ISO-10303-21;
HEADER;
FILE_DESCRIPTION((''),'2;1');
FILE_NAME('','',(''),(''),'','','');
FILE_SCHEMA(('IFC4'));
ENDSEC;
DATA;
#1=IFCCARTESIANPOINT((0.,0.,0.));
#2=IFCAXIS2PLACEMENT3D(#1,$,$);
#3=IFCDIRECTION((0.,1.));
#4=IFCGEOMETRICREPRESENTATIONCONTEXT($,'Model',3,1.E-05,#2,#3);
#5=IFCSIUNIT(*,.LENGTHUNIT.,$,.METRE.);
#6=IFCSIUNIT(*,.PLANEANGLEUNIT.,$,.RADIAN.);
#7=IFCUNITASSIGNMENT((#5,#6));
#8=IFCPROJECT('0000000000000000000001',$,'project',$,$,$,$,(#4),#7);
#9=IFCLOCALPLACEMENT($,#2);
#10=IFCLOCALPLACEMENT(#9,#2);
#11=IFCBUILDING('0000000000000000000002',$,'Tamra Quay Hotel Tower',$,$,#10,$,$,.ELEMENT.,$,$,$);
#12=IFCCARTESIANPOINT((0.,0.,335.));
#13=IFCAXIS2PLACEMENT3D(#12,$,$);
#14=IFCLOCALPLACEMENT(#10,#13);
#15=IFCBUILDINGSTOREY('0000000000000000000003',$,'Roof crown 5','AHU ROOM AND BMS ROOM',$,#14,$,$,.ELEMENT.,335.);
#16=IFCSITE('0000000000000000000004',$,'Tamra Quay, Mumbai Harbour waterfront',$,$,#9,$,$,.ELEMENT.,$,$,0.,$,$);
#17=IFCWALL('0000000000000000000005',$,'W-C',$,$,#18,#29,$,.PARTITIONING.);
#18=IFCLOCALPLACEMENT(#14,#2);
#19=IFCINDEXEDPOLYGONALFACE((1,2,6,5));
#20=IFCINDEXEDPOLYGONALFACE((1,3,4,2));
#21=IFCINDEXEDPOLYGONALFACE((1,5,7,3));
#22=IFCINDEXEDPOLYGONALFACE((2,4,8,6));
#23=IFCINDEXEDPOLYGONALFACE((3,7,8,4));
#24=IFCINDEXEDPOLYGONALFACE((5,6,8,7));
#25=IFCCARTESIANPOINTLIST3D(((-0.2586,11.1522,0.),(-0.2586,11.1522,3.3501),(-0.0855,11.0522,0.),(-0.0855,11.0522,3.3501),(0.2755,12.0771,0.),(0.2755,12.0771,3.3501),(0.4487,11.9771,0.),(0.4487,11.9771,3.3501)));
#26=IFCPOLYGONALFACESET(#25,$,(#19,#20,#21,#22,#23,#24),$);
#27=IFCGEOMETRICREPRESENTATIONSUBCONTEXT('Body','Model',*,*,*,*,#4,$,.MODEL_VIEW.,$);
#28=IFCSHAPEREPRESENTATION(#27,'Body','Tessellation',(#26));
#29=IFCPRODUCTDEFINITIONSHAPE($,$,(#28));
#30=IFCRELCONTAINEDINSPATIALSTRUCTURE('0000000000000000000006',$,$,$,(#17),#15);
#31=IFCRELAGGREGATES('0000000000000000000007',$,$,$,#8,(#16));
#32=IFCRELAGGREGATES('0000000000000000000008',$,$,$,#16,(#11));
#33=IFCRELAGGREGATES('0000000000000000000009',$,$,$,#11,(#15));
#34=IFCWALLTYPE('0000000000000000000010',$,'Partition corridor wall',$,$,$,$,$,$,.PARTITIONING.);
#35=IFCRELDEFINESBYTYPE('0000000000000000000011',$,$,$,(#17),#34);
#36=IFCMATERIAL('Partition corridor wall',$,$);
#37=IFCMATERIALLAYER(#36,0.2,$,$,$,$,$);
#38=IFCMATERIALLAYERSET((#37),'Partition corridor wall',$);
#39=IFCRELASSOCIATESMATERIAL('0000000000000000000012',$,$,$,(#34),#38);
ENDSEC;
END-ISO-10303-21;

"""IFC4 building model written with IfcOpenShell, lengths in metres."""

from ifc_helpers import new_model, si_unit, direction, frame, frame_2d, origin, place, context, subcontext, project, spatial, rectangle, extrude, material, layer, layer_set, type_object, element, save


model = new_model("IFC4")

# Units and contexts
model_context = context("Model", 3, precision=1e-05, world=origin(), true_north=direction((0.0, 1.0)))
body_context = subcontext(model_context, "Body", "Model", "MODEL_VIEW")
ifc_project = project(units=[si_unit("LENGTHUNIT", "METRE"), si_unit("PLANEANGLEUNIT", "RADIAN")], contexts=[model_context])

# Site, building, storey
site_placement = place(None, origin())
site = spatial("IfcSite", under=ifc_project, at=site_placement, Name="Tamra Quay, Mumbai Harbour waterfront", CompositionType="ELEMENT", RefElevation=0.0)
building_placement = place(site_placement, origin())
building = spatial("IfcBuilding", under=site, at=building_placement, Name="Tamra Quay Hotel Tower", CompositionType="ELEMENT")
storey_placement = place(building_placement, frame((0.0, 0.0, 335.0)))
storey = spatial("IfcBuildingStorey", under=building, at=storey_placement, Name="Roof crown 5", Description="AHU ROOM AND BMS ROOM", CompositionType="ELEMENT", Elevation=335.0)

# Shared definitions
ifc_material_1 = material(Name="Partition corridor wall")
ifc_layer_1 = layer(ifc_material_1, 0.2)
ifc_layer_set_1 = layer_set([ifc_layer_1], Name="Partition corridor wall")
wall_type_1 = type_object("IfcWallType", Name="Partition corridor wall", PredefinedType="PARTITIONING", material=ifc_layer_set_1)

# Wall
wall_1_placement = place(storey_placement, frame((-0.1721, 11.1021, 0.0), z_axis=(0.0, 0.0, 1.0), x_axis=(0.500072, 0.865984, 0.0)))
element("IfcWall", 1, at=wall_1_placement, inside=storey, type_object=wall_type_1, Name="W-C", PredefinedType="PARTITIONING", context=body_context, shape_type="SweptSolid", body=[
    extrude(rectangle(XDim=1.0681, YDim=0.2, at=frame_2d((0.5342, 0.0))), origin(), (0.0, 0.0, 1.0), 3.3501),
])

save(model, "model.ifc")
